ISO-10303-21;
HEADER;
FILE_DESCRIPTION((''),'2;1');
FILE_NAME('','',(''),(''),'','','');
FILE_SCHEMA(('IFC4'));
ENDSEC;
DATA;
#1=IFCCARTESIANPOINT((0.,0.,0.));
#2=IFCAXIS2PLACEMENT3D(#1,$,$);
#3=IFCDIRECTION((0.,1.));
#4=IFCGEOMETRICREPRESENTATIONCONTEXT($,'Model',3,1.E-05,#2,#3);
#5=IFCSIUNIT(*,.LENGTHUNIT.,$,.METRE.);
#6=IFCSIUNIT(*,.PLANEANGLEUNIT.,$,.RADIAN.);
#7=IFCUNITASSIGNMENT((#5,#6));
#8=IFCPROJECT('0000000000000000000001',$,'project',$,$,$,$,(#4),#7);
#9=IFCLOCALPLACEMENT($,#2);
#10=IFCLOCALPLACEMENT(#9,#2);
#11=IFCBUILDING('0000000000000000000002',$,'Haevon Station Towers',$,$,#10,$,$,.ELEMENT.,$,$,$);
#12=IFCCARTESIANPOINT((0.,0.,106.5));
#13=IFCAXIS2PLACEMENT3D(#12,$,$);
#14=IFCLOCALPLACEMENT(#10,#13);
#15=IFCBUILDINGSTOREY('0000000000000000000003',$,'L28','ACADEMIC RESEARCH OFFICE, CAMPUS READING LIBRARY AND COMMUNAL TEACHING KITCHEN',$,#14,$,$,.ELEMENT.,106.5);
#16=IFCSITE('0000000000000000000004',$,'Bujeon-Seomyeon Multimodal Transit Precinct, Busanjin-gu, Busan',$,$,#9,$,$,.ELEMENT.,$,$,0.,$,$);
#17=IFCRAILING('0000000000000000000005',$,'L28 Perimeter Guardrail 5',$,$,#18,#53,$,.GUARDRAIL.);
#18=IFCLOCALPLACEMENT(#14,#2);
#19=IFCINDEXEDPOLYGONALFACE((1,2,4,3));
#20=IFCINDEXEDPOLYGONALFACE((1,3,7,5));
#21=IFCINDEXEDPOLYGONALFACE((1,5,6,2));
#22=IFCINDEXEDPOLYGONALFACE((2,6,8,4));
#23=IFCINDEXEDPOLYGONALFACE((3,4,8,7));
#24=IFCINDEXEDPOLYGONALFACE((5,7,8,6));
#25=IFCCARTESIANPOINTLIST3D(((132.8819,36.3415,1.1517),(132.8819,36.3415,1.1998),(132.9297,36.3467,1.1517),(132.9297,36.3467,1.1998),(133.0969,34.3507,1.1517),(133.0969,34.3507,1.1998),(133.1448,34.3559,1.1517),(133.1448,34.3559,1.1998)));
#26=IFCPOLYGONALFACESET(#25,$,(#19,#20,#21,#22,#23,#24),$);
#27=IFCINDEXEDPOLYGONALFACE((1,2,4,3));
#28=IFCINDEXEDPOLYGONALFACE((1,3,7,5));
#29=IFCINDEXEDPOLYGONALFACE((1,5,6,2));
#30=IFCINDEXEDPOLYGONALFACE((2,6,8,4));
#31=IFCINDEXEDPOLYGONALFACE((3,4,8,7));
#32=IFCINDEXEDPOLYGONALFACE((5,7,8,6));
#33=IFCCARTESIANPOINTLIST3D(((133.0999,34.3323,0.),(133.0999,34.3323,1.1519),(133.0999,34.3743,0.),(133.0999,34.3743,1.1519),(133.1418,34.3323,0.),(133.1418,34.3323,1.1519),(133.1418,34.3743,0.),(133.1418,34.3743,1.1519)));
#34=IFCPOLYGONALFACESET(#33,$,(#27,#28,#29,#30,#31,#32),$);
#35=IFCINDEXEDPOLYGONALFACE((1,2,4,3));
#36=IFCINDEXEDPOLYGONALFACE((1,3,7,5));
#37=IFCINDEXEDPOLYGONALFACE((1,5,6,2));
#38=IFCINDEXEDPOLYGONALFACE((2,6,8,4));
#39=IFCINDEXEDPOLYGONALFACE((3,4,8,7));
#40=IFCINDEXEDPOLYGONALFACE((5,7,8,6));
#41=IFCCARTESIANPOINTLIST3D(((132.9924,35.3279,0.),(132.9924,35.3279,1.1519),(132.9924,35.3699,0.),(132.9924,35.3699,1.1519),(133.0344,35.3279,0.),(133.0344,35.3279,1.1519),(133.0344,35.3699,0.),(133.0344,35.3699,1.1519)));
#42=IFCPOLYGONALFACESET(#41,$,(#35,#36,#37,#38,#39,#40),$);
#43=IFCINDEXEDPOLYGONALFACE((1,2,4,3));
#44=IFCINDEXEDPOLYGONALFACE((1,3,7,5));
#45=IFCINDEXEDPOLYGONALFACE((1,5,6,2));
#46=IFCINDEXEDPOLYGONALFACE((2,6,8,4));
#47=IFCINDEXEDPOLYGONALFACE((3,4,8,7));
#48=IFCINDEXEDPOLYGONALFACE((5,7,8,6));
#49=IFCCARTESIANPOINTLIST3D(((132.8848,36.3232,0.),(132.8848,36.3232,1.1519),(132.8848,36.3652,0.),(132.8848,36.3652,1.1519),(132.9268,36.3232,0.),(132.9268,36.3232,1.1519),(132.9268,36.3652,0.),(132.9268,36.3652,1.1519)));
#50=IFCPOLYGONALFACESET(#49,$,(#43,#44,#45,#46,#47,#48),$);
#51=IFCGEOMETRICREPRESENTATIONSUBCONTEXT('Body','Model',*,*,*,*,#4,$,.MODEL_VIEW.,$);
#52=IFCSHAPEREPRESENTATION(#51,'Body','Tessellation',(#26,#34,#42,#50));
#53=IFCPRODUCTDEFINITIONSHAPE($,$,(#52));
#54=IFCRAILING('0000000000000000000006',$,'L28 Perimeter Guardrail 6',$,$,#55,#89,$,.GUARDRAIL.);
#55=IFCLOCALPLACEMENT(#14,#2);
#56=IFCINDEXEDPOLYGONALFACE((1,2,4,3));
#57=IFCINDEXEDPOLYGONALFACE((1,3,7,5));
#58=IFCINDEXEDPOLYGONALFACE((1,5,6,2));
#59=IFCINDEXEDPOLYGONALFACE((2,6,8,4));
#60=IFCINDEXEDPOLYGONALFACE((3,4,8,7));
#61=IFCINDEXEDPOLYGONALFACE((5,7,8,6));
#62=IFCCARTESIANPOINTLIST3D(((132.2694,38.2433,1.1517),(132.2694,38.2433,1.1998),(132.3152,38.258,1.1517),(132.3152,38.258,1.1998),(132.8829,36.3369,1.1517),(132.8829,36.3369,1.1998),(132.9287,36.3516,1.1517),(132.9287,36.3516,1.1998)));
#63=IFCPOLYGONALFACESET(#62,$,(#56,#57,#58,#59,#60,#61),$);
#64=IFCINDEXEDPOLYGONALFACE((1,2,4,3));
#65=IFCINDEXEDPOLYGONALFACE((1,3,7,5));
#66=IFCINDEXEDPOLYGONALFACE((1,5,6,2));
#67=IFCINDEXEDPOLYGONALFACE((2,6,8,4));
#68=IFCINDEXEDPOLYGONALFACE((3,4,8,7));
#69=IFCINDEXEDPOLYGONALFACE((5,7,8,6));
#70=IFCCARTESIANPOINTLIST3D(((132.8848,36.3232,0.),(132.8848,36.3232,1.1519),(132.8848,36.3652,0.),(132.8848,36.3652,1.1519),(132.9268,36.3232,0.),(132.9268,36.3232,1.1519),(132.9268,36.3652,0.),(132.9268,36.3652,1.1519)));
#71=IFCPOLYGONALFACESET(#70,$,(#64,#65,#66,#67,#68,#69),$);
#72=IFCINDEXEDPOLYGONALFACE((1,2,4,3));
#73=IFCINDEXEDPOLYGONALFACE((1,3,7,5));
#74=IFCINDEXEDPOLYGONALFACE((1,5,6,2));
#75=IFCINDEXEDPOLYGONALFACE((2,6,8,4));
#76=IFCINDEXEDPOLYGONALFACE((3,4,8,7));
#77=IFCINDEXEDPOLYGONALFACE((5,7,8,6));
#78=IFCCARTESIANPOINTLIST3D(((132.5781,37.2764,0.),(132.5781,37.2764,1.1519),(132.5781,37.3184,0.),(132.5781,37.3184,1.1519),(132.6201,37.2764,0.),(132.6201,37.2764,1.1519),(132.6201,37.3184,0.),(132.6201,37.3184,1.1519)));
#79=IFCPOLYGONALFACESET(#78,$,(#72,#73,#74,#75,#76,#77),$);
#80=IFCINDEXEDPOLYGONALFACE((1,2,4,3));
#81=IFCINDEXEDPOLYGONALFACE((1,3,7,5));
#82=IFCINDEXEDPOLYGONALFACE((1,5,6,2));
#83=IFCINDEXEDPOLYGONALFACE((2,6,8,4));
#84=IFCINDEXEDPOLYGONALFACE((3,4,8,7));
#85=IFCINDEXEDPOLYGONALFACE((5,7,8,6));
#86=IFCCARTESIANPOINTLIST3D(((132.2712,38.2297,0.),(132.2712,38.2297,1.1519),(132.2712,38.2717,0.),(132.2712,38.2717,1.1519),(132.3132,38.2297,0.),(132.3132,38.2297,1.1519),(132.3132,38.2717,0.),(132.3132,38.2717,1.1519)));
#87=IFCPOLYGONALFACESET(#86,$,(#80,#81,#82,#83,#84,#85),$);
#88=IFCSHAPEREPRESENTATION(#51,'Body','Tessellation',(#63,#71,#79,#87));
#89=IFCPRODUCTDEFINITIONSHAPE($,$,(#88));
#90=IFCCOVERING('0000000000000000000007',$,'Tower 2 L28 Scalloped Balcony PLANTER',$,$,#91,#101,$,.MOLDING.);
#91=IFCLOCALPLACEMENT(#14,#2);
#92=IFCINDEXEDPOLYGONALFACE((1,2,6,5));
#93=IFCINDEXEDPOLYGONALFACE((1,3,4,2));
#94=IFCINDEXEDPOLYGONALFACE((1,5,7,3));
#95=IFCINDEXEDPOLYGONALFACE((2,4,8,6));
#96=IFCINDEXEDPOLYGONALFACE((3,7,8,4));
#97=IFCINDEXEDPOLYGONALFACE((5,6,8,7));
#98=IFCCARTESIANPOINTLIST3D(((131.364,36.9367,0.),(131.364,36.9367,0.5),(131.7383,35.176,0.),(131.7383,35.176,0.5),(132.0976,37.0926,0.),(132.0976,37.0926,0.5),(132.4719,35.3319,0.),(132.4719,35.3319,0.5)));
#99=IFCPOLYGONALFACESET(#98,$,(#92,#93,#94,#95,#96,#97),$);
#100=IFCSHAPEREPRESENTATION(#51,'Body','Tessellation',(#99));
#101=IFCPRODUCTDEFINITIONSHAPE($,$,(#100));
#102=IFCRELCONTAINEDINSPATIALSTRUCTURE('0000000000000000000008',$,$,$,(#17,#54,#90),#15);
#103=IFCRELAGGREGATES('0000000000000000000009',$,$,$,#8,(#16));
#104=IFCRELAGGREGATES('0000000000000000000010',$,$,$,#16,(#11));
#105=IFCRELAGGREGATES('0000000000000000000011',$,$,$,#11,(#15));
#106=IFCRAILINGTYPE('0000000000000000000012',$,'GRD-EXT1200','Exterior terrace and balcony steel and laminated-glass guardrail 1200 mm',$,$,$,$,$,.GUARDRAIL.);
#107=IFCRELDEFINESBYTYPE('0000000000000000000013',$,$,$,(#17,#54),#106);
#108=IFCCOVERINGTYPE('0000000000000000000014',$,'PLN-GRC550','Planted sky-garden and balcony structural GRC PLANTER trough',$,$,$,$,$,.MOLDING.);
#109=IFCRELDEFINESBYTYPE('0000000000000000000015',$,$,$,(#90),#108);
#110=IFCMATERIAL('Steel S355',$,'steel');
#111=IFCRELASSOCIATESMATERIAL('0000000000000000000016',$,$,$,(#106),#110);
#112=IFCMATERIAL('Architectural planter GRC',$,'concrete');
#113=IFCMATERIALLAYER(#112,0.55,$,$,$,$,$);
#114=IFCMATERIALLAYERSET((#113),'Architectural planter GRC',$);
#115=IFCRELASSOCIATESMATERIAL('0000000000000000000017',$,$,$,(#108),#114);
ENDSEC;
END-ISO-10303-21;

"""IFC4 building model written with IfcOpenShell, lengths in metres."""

from ifc_helpers import new_model, si_unit, direction, frame, origin, origin_2d, place, context, subcontext, project, spatial, rectangle, extrude, material, layer, layer_set, type_object, element, save


model = new_model("IFC4")

# Units and contexts
model_context = context("Model", 3, precision=1e-05, world=origin(), true_north=direction((0.0, 1.0)))
body_context = subcontext(model_context, "Body", "Model", "MODEL_VIEW")
ifc_project = project(units=[si_unit("LENGTHUNIT", "METRE"), si_unit("PLANEANGLEUNIT", "RADIAN")], contexts=[model_context])

# Site, building, storey
site_placement = place(None, origin())
site = spatial("IfcSite", under=ifc_project, at=site_placement, Name="Bujeon-Seomyeon Multimodal Transit Precinct, Busanjin-gu, Busan", CompositionType="ELEMENT", RefElevation=0.0)
building_placement = place(site_placement, origin())
building = spatial("IfcBuilding", under=site, at=building_placement, Name="Haevon Station Towers", CompositionType="ELEMENT")
storey_placement = place(building_placement, frame((0.0, 0.0, 106.5)))
storey = spatial("IfcBuildingStorey", under=building, at=storey_placement, Name="L28", Description="ACADEMIC RESEARCH OFFICE, CAMPUS READING LIBRARY AND COMMUNAL TEACHING KITCHEN", CompositionType="ELEMENT", Elevation=106.5)

# Shared definitions
ifc_material_1 = material(Name="Steel S355", Category="steel")

# Railings
railing_type = type_object("IfcRailingType", Name="GRD-EXT1200", Description="Exterior terrace and balcony steel and laminated-glass guardrail 1200 mm", PredefinedType="GUARDRAIL", material=ifc_material_1)
railing_1_placement = place(storey_placement, frame((133.1208, 34.3533, 0.0)))
element("IfcRailing", 1, at=railing_1_placement, inside=storey, type_object=railing_type, Name="L28 Perimeter Guardrail 5", PredefinedType="GUARDRAIL", context=body_context, shape_type="SweptSolid", body=[
    extrude(rectangle(XDim=0.0481, YDim=0.0481, at=origin_2d()), frame((0.0, 0.0, 1.1758), z_axis=(-0.107407, 0.994215, 0.0), x_axis=(-0.994215, -0.107407, 0.0)), (0.0, 0.0, 1.0), 2.0024),
    extrude(rectangle(XDim=0.042, YDim=0.042, at=origin_2d()), origin(), (0.0, 0.0, 1.0), 1.1519),
    extrude(rectangle(XDim=0.042, YDim=0.042, at=origin_2d()), frame((-0.1074, 0.9956, 0.0)), (0.0, 0.0, 1.0), 1.1519),
    extrude(rectangle(XDim=0.042, YDim=0.042, at=origin_2d()), frame((-0.2151, 1.991, 0.0)), (0.0, 0.0, 1.0), 1.1519),
])
railing_2_placement = place(storey_placement, frame((132.9058, 36.3442, 0.0)))
element("IfcRailing", 2, at=railing_2_placement, inside=storey, type_object=railing_type, Name="L28 Perimeter Guardrail 6", PredefinedType="GUARDRAIL", context=body_context, shape_type="SweptSolid", body=[
    extrude(rectangle(XDim=0.0481, YDim=0.0481, at=origin_2d()), frame((0.0, 0.0, 1.1758), z_axis=(-0.306337, 0.951923, 0.0), x_axis=(-0.951923, -0.306337, 0.0)), (0.0, 0.0, 1.0), 2.0027),
    extrude(rectangle(XDim=0.042, YDim=0.042, at=origin_2d()), origin(), (0.0, 0.0, 1.0), 1.1519),
    extrude(rectangle(XDim=0.042, YDim=0.042, at=origin_2d()), frame((-0.3066, 0.9531, 0.0)), (0.0, 0.0, 1.0), 1.1519),
    extrude(rectangle(XDim=0.042, YDim=0.042, at=origin_2d()), frame((-0.6135, 1.9065, 0.0)), (0.0, 0.0, 1.0), 1.1519),
])

# Covering
ifc_material_2 = material(Name="Architectural planter GRC", Category="concrete")
ifc_layer_1 = layer(ifc_material_2, 0.55)
ifc_layer_set_1 = layer_set([ifc_layer_1], Name="Architectural planter GRC")
covering_type = type_object("IfcCoveringType", Name="PLN-GRC550", Description="Planted sky-garden and balcony structural GRC PLANTER trough", PredefinedType="MOLDING", material=ifc_layer_set_1)
covering_placement = place(storey_placement, frame((131.918, 36.1343, 0.0), z_axis=(0.0, 0.0, 1.0), x_axis=(0.978148, 0.207912, 0.0)))
element("IfcCovering", 3, at=covering_placement, inside=storey, type_object=covering_type, Name="Tower 2 L28 Scalloped Balcony PLANTER", PredefinedType="MOLDING", context=body_context, shape_type="SweptSolid", body=[
    extrude(rectangle(XDim=0.75, YDim=1.8, at=origin_2d()), origin(), (0.0, 0.0, 1.0), 0.5),
])

save(model, "model.ifc")
